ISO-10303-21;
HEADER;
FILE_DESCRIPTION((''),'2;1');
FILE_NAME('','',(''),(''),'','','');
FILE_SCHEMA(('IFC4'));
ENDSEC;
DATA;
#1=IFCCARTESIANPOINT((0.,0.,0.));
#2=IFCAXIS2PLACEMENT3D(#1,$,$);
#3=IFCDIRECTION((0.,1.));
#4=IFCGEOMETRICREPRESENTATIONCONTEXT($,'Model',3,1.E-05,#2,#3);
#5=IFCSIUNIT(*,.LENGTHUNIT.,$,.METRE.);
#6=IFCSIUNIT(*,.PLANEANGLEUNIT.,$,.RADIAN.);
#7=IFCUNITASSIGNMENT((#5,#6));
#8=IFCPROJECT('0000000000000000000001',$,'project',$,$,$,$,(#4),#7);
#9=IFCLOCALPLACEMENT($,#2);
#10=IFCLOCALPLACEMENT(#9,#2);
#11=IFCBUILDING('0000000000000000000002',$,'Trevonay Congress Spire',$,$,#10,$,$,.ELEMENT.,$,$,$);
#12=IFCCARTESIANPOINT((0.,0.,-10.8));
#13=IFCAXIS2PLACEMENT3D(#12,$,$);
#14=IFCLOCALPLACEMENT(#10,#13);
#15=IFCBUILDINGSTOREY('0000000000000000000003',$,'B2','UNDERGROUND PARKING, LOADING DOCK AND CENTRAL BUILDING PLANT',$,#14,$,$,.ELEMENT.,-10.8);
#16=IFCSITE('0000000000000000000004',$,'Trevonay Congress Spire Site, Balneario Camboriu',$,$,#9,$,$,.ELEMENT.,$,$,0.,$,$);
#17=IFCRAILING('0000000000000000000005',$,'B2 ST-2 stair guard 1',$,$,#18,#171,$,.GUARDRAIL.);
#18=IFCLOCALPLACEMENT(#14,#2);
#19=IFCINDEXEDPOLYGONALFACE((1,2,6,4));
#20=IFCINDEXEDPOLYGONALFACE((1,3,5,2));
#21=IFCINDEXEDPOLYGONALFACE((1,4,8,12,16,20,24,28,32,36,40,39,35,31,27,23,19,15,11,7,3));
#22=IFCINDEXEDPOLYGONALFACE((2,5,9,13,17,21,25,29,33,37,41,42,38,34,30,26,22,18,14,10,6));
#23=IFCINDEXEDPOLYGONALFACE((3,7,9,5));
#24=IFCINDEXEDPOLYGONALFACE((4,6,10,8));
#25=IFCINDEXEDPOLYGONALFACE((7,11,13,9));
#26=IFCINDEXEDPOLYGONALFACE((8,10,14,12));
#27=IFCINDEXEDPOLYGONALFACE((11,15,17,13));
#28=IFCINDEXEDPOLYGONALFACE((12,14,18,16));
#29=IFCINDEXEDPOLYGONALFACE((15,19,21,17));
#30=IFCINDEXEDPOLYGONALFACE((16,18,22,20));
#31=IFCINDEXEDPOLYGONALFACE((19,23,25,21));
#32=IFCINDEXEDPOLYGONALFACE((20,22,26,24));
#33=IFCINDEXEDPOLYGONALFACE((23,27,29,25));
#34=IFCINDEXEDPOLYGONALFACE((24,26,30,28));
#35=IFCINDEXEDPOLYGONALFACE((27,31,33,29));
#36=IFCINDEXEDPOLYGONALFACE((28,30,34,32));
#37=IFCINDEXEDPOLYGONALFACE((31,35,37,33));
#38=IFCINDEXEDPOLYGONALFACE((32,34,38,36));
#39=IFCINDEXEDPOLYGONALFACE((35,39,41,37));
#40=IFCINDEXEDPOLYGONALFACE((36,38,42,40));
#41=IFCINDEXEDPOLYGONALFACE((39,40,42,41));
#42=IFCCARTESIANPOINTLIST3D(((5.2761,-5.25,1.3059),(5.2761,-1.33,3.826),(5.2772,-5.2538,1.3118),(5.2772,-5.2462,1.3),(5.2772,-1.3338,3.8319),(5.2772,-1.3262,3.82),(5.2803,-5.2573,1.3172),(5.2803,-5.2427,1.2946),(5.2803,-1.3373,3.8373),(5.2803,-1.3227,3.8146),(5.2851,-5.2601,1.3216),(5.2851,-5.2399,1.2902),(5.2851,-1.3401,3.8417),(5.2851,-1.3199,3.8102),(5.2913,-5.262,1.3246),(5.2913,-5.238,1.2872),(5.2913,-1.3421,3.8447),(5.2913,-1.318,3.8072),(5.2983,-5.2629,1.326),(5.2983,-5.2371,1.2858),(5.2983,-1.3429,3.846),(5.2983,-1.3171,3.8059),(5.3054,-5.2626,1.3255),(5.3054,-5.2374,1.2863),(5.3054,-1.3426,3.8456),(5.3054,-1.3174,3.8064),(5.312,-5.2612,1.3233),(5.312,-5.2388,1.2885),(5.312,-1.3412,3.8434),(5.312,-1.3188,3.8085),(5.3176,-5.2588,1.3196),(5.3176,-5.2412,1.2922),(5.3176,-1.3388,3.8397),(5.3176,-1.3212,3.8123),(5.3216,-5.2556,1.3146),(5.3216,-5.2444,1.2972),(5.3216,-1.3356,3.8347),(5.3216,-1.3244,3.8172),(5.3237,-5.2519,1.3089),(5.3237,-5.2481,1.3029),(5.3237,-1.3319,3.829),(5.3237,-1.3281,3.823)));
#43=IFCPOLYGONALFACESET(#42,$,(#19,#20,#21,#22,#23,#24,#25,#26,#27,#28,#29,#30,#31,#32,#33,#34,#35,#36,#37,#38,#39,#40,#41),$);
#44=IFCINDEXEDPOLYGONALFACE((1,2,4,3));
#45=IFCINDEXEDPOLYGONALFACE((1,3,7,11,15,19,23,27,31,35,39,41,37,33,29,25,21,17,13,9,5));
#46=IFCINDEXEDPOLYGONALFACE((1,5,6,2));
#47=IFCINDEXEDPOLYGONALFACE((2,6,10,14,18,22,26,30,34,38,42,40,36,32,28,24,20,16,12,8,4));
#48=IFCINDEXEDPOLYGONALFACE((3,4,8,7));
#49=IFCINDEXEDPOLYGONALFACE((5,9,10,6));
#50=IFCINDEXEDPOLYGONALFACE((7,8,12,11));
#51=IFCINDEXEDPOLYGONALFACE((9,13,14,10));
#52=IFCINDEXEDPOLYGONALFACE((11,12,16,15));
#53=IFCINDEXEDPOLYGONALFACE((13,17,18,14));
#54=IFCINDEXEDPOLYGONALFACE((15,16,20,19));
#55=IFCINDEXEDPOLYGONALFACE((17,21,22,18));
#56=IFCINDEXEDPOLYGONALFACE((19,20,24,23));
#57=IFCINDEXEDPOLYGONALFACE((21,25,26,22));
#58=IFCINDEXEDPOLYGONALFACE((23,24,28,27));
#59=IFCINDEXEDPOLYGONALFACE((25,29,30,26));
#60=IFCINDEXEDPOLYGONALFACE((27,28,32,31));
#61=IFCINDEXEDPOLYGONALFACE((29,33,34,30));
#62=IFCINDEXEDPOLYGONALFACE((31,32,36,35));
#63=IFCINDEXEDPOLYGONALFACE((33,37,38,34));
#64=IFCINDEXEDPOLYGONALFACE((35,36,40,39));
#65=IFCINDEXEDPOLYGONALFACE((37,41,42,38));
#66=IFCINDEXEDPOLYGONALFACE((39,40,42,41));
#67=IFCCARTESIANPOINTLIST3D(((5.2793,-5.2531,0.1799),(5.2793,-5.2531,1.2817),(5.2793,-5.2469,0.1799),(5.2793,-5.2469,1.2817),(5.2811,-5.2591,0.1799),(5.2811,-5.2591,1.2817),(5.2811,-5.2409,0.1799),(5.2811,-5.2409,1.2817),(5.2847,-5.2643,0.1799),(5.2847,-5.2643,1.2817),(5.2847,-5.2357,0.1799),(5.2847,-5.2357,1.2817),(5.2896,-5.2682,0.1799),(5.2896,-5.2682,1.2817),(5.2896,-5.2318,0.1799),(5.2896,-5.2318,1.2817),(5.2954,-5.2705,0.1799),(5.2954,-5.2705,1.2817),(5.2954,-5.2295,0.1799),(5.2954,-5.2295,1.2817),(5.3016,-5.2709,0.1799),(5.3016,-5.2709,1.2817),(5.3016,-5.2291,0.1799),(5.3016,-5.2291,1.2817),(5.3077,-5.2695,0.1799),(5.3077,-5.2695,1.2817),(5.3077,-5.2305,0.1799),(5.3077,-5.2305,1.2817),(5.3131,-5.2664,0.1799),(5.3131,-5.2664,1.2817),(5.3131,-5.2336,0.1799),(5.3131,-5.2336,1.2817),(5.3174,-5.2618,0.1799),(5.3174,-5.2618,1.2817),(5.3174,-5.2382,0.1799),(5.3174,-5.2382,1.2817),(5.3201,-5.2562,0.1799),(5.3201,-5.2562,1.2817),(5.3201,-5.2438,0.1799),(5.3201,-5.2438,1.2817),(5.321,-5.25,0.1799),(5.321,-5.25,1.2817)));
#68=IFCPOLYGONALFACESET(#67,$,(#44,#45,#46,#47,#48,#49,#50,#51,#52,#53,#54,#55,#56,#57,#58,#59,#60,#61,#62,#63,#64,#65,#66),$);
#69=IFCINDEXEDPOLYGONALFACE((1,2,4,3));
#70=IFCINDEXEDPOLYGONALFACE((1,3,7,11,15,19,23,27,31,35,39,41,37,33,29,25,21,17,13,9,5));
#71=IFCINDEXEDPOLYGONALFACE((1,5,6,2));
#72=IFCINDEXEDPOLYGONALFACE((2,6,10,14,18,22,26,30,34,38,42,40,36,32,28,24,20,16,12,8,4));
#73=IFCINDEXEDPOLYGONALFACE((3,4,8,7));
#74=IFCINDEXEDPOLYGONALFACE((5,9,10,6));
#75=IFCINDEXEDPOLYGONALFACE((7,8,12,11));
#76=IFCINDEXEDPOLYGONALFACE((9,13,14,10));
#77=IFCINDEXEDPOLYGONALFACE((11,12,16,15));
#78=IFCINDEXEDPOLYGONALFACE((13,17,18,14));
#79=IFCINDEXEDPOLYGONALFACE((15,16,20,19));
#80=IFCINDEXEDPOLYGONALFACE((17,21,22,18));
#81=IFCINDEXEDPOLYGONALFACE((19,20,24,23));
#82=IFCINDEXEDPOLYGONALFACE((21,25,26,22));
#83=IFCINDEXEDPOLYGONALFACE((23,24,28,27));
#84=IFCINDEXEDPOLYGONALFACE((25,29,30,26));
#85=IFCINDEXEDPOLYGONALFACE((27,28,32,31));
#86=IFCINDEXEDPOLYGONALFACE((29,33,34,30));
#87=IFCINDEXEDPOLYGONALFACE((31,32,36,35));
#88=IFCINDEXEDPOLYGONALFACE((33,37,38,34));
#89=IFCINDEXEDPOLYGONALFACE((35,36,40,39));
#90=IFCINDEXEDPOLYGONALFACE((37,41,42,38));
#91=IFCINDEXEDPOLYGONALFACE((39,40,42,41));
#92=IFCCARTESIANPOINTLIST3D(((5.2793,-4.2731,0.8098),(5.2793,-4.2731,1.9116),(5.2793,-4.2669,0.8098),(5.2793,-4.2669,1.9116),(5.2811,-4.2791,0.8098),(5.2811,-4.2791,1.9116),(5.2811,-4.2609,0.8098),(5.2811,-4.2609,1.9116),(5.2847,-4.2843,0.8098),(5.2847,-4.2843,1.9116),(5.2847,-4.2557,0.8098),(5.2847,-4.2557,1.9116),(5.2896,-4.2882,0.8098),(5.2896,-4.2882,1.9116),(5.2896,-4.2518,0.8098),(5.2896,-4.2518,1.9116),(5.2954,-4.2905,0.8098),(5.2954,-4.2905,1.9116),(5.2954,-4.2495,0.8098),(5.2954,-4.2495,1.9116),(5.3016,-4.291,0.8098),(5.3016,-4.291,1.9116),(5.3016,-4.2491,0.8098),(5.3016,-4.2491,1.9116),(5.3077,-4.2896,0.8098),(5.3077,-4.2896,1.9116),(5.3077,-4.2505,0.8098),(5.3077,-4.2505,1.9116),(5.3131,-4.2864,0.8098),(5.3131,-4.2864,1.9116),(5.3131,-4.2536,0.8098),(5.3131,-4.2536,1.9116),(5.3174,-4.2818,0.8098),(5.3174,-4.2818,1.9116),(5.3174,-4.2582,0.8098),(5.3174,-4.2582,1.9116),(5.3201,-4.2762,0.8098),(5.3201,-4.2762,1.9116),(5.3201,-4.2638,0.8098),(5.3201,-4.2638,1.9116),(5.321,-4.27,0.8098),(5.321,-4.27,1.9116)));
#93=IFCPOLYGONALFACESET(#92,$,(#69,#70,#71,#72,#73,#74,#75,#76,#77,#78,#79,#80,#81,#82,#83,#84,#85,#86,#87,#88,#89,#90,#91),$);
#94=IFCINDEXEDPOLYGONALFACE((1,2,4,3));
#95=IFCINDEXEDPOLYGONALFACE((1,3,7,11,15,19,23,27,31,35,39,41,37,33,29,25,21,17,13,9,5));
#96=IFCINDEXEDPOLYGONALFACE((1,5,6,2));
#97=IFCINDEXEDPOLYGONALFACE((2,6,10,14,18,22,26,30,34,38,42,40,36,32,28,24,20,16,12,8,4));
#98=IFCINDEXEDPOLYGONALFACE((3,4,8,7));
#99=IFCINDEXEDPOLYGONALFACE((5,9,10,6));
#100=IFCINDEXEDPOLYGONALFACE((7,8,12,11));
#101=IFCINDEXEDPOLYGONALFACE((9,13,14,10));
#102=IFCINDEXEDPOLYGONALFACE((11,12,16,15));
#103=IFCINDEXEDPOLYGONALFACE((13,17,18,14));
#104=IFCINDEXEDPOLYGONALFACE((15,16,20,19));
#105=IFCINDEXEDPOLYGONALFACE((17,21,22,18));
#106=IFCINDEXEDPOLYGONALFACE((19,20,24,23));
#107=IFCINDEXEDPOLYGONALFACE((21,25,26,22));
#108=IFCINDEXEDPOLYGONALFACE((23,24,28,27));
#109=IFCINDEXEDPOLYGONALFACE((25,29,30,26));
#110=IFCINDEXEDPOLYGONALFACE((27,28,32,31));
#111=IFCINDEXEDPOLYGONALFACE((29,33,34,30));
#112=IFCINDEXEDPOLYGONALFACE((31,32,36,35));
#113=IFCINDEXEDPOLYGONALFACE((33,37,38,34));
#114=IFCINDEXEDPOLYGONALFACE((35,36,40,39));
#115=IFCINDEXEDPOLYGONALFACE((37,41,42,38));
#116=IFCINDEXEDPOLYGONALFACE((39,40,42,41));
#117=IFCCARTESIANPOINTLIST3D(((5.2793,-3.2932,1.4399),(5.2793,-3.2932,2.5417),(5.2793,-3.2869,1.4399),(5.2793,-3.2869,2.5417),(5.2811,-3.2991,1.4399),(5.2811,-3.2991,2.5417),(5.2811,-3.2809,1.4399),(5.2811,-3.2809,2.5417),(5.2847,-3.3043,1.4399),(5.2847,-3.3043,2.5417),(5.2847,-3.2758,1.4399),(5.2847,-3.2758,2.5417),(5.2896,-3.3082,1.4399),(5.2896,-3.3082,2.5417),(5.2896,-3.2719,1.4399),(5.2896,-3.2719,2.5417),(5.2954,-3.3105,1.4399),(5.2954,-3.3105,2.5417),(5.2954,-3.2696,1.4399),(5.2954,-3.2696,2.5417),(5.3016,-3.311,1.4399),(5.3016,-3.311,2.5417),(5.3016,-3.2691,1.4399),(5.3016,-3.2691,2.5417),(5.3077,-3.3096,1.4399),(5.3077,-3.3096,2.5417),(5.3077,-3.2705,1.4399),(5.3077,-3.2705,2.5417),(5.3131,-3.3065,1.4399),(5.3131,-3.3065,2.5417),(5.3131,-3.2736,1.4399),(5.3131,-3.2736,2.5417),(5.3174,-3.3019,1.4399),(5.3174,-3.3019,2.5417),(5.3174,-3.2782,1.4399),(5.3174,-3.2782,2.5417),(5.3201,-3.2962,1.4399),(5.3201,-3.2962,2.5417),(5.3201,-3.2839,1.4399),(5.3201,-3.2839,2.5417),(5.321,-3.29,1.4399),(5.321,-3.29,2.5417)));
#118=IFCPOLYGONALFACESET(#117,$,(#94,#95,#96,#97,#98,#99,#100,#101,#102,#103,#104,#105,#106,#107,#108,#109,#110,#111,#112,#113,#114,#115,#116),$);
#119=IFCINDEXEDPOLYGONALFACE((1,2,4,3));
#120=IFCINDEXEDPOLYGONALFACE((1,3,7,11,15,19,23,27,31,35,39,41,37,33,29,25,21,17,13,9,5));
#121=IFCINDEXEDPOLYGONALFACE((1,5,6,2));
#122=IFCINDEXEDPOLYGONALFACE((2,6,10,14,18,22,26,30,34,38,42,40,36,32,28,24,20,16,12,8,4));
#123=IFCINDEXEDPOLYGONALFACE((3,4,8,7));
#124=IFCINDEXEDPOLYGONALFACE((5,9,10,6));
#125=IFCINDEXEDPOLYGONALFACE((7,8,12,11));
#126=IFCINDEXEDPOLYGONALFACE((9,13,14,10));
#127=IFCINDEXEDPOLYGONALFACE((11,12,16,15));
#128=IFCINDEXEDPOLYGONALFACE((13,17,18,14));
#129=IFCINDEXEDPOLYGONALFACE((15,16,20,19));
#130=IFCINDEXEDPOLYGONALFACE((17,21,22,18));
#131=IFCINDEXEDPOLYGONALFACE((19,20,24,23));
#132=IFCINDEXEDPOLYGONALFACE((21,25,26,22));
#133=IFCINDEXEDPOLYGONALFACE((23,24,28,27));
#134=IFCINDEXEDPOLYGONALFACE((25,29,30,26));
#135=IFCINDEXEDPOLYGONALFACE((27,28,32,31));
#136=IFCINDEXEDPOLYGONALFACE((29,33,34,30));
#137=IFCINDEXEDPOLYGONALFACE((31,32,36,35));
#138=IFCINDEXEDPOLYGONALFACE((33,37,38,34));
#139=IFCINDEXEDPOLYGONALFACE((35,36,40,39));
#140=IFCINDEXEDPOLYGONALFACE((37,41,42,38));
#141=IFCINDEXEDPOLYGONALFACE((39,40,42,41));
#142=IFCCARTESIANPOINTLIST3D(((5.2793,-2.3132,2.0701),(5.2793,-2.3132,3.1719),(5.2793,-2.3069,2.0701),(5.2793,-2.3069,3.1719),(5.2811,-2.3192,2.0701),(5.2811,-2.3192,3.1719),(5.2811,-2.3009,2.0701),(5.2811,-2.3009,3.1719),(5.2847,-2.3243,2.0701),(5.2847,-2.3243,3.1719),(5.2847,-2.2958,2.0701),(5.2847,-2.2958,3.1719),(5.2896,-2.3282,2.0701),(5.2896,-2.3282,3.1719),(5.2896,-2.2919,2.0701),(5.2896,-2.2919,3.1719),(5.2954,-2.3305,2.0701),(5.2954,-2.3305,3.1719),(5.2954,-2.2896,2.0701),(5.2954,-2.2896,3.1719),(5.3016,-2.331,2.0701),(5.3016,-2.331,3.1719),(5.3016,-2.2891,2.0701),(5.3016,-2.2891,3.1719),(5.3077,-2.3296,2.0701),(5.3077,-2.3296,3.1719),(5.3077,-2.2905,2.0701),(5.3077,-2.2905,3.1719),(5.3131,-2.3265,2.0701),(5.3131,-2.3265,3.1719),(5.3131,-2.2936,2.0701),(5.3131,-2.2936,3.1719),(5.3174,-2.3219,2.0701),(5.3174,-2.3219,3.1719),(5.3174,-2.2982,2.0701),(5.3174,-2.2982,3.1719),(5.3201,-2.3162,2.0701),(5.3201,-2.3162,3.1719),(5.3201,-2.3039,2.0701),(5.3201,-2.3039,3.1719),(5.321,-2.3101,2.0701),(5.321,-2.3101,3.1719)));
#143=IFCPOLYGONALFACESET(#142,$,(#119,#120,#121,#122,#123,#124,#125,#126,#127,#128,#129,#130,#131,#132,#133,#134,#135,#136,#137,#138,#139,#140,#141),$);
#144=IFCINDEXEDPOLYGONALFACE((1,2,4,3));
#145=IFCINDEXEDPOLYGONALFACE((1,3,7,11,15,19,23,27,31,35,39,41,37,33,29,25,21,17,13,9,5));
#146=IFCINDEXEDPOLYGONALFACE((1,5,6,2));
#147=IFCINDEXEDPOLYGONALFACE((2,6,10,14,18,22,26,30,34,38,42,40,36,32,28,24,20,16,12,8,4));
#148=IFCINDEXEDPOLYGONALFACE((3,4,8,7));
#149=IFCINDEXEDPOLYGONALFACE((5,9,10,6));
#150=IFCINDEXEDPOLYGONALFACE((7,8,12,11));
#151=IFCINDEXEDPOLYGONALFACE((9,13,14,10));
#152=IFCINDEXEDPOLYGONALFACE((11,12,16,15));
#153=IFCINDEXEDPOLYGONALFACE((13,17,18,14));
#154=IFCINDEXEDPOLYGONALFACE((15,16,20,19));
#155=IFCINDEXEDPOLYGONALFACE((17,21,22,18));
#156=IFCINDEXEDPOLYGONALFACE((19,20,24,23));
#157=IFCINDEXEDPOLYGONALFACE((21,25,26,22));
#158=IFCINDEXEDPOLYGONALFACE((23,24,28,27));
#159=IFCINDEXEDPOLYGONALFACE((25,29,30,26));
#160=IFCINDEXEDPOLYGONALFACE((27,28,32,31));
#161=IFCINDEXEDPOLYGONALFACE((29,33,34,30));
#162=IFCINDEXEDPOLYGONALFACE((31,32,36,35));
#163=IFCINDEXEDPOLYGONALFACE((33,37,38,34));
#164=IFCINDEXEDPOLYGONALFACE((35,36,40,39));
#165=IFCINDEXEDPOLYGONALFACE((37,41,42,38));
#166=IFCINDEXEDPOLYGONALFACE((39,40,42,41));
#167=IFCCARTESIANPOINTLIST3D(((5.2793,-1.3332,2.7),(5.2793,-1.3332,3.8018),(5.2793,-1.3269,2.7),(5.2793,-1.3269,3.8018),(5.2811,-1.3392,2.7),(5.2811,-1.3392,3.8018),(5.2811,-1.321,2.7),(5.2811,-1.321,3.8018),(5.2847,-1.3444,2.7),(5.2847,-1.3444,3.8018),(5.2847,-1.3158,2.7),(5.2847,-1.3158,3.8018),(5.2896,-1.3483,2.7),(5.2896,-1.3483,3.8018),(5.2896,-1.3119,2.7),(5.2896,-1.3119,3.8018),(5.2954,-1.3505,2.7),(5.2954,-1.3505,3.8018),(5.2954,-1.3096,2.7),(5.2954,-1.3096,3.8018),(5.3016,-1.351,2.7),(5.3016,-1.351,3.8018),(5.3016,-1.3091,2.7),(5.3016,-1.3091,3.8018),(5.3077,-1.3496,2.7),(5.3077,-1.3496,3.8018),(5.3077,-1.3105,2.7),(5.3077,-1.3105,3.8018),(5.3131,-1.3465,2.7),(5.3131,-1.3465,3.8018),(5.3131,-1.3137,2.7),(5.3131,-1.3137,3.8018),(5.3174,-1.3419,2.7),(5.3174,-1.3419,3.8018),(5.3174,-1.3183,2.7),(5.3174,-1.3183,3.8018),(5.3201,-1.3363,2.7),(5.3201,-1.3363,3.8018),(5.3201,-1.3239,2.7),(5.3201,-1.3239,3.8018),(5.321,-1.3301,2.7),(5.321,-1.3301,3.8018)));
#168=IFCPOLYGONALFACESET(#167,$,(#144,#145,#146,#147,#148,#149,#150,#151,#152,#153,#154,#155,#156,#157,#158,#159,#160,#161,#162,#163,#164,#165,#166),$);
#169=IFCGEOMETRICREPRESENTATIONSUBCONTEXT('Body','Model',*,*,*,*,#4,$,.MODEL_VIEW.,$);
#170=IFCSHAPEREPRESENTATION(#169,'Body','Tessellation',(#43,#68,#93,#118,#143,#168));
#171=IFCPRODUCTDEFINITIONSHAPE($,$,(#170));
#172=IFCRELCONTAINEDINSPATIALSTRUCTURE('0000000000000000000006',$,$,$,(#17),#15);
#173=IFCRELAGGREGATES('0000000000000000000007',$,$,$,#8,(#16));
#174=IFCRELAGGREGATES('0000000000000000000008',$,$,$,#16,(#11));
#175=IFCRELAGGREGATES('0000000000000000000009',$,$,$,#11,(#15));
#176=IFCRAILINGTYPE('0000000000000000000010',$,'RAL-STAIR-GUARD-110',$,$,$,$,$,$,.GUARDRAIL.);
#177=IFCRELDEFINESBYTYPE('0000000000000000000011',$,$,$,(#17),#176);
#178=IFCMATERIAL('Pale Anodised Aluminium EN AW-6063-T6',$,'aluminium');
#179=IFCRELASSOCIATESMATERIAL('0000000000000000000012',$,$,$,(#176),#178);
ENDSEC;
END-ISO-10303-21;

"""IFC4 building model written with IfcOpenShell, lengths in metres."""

from ifc_helpers import new_model, si_unit, direction, frame, origin, origin_2d, place, context, subcontext, project, spatial, circle, extrude, material, type_object, element, save


model = new_model("IFC4")

# Units and contexts
model_context = context("Model", 3, precision=1e-05, world=origin(), true_north=direction((0.0, 1.0)))
body_context = subcontext(model_context, "Body", "Model", "MODEL_VIEW")
ifc_project = project(units=[si_unit("LENGTHUNIT", "METRE"), si_unit("PLANEANGLEUNIT", "RADIAN")], contexts=[model_context])

# Site, building, storey
site_placement = place(None, origin())
site = spatial("IfcSite", under=ifc_project, at=site_placement, Name="Trevonay Congress Spire Site, Balneario Camboriu", CompositionType="ELEMENT", RefElevation=0.0)
building_placement = place(site_placement, origin())
building = spatial("IfcBuilding", under=site, at=building_placement, Name="Trevonay Congress Spire", CompositionType="ELEMENT")
storey_placement = place(building_placement, frame((0.0, 0.0, -10.8)))
storey = spatial("IfcBuildingStorey", under=building, at=storey_placement, Name="B2", Description="UNDERGROUND PARKING, LOADING DOCK AND CENTRAL BUILDING PLANT", CompositionType="ELEMENT", Elevation=-10.8)

# Railing
ifc_material_1 = material(Name="Pale Anodised Aluminium EN AW-6063-T6", Category="aluminium")
railing_type_1 = type_object("IfcRailingType", Name="RAL-STAIR-GUARD-110", PredefinedType="GUARDRAIL", material=ifc_material_1)
railing_1_placement = place(storey_placement, frame((5.3, -5.25, 0.1799)))
element("IfcRailing", 1, at=railing_1_placement, inside=storey, type_object=railing_type_1, Name="B2 ST-2 stair guard 1", PredefinedType="GUARDRAIL", context=body_context, shape_type="SweptSolid", body=[
    extrude(circle(Radius=0.0239, at=origin_2d()), frame((0.0, 0.0, 1.126), z_axis=(0.0, 0.841172, 0.540768), x_axis=(-1.0, 0.0, 0.0)), (0.0, 0.0, 1.0), 4.6602),
    extrude(circle(Radius=0.021, at=origin_2d()), origin(), (0.0, 0.0, 1.0), 1.1018),
    extrude(circle(Radius=0.021, at=origin_2d()), frame((0.0, 0.98, 0.6299)), (0.0, 0.0, 1.0), 1.1018),
    extrude(circle(Radius=0.021, at=origin_2d()), frame((0.0, 1.96, 1.26)), (0.0, 0.0, 1.0), 1.1018),
    extrude(circle(Radius=0.021, at=origin_2d()), frame((0.0, 2.9399, 1.8901)), (0.0, 0.0, 1.0), 1.1018),
    extrude(circle(Radius=0.021, at=origin_2d()), frame((0.0, 3.9199, 2.52)), (0.0, 0.0, 1.0), 1.1018),
])

save(model, "model.ifc")
